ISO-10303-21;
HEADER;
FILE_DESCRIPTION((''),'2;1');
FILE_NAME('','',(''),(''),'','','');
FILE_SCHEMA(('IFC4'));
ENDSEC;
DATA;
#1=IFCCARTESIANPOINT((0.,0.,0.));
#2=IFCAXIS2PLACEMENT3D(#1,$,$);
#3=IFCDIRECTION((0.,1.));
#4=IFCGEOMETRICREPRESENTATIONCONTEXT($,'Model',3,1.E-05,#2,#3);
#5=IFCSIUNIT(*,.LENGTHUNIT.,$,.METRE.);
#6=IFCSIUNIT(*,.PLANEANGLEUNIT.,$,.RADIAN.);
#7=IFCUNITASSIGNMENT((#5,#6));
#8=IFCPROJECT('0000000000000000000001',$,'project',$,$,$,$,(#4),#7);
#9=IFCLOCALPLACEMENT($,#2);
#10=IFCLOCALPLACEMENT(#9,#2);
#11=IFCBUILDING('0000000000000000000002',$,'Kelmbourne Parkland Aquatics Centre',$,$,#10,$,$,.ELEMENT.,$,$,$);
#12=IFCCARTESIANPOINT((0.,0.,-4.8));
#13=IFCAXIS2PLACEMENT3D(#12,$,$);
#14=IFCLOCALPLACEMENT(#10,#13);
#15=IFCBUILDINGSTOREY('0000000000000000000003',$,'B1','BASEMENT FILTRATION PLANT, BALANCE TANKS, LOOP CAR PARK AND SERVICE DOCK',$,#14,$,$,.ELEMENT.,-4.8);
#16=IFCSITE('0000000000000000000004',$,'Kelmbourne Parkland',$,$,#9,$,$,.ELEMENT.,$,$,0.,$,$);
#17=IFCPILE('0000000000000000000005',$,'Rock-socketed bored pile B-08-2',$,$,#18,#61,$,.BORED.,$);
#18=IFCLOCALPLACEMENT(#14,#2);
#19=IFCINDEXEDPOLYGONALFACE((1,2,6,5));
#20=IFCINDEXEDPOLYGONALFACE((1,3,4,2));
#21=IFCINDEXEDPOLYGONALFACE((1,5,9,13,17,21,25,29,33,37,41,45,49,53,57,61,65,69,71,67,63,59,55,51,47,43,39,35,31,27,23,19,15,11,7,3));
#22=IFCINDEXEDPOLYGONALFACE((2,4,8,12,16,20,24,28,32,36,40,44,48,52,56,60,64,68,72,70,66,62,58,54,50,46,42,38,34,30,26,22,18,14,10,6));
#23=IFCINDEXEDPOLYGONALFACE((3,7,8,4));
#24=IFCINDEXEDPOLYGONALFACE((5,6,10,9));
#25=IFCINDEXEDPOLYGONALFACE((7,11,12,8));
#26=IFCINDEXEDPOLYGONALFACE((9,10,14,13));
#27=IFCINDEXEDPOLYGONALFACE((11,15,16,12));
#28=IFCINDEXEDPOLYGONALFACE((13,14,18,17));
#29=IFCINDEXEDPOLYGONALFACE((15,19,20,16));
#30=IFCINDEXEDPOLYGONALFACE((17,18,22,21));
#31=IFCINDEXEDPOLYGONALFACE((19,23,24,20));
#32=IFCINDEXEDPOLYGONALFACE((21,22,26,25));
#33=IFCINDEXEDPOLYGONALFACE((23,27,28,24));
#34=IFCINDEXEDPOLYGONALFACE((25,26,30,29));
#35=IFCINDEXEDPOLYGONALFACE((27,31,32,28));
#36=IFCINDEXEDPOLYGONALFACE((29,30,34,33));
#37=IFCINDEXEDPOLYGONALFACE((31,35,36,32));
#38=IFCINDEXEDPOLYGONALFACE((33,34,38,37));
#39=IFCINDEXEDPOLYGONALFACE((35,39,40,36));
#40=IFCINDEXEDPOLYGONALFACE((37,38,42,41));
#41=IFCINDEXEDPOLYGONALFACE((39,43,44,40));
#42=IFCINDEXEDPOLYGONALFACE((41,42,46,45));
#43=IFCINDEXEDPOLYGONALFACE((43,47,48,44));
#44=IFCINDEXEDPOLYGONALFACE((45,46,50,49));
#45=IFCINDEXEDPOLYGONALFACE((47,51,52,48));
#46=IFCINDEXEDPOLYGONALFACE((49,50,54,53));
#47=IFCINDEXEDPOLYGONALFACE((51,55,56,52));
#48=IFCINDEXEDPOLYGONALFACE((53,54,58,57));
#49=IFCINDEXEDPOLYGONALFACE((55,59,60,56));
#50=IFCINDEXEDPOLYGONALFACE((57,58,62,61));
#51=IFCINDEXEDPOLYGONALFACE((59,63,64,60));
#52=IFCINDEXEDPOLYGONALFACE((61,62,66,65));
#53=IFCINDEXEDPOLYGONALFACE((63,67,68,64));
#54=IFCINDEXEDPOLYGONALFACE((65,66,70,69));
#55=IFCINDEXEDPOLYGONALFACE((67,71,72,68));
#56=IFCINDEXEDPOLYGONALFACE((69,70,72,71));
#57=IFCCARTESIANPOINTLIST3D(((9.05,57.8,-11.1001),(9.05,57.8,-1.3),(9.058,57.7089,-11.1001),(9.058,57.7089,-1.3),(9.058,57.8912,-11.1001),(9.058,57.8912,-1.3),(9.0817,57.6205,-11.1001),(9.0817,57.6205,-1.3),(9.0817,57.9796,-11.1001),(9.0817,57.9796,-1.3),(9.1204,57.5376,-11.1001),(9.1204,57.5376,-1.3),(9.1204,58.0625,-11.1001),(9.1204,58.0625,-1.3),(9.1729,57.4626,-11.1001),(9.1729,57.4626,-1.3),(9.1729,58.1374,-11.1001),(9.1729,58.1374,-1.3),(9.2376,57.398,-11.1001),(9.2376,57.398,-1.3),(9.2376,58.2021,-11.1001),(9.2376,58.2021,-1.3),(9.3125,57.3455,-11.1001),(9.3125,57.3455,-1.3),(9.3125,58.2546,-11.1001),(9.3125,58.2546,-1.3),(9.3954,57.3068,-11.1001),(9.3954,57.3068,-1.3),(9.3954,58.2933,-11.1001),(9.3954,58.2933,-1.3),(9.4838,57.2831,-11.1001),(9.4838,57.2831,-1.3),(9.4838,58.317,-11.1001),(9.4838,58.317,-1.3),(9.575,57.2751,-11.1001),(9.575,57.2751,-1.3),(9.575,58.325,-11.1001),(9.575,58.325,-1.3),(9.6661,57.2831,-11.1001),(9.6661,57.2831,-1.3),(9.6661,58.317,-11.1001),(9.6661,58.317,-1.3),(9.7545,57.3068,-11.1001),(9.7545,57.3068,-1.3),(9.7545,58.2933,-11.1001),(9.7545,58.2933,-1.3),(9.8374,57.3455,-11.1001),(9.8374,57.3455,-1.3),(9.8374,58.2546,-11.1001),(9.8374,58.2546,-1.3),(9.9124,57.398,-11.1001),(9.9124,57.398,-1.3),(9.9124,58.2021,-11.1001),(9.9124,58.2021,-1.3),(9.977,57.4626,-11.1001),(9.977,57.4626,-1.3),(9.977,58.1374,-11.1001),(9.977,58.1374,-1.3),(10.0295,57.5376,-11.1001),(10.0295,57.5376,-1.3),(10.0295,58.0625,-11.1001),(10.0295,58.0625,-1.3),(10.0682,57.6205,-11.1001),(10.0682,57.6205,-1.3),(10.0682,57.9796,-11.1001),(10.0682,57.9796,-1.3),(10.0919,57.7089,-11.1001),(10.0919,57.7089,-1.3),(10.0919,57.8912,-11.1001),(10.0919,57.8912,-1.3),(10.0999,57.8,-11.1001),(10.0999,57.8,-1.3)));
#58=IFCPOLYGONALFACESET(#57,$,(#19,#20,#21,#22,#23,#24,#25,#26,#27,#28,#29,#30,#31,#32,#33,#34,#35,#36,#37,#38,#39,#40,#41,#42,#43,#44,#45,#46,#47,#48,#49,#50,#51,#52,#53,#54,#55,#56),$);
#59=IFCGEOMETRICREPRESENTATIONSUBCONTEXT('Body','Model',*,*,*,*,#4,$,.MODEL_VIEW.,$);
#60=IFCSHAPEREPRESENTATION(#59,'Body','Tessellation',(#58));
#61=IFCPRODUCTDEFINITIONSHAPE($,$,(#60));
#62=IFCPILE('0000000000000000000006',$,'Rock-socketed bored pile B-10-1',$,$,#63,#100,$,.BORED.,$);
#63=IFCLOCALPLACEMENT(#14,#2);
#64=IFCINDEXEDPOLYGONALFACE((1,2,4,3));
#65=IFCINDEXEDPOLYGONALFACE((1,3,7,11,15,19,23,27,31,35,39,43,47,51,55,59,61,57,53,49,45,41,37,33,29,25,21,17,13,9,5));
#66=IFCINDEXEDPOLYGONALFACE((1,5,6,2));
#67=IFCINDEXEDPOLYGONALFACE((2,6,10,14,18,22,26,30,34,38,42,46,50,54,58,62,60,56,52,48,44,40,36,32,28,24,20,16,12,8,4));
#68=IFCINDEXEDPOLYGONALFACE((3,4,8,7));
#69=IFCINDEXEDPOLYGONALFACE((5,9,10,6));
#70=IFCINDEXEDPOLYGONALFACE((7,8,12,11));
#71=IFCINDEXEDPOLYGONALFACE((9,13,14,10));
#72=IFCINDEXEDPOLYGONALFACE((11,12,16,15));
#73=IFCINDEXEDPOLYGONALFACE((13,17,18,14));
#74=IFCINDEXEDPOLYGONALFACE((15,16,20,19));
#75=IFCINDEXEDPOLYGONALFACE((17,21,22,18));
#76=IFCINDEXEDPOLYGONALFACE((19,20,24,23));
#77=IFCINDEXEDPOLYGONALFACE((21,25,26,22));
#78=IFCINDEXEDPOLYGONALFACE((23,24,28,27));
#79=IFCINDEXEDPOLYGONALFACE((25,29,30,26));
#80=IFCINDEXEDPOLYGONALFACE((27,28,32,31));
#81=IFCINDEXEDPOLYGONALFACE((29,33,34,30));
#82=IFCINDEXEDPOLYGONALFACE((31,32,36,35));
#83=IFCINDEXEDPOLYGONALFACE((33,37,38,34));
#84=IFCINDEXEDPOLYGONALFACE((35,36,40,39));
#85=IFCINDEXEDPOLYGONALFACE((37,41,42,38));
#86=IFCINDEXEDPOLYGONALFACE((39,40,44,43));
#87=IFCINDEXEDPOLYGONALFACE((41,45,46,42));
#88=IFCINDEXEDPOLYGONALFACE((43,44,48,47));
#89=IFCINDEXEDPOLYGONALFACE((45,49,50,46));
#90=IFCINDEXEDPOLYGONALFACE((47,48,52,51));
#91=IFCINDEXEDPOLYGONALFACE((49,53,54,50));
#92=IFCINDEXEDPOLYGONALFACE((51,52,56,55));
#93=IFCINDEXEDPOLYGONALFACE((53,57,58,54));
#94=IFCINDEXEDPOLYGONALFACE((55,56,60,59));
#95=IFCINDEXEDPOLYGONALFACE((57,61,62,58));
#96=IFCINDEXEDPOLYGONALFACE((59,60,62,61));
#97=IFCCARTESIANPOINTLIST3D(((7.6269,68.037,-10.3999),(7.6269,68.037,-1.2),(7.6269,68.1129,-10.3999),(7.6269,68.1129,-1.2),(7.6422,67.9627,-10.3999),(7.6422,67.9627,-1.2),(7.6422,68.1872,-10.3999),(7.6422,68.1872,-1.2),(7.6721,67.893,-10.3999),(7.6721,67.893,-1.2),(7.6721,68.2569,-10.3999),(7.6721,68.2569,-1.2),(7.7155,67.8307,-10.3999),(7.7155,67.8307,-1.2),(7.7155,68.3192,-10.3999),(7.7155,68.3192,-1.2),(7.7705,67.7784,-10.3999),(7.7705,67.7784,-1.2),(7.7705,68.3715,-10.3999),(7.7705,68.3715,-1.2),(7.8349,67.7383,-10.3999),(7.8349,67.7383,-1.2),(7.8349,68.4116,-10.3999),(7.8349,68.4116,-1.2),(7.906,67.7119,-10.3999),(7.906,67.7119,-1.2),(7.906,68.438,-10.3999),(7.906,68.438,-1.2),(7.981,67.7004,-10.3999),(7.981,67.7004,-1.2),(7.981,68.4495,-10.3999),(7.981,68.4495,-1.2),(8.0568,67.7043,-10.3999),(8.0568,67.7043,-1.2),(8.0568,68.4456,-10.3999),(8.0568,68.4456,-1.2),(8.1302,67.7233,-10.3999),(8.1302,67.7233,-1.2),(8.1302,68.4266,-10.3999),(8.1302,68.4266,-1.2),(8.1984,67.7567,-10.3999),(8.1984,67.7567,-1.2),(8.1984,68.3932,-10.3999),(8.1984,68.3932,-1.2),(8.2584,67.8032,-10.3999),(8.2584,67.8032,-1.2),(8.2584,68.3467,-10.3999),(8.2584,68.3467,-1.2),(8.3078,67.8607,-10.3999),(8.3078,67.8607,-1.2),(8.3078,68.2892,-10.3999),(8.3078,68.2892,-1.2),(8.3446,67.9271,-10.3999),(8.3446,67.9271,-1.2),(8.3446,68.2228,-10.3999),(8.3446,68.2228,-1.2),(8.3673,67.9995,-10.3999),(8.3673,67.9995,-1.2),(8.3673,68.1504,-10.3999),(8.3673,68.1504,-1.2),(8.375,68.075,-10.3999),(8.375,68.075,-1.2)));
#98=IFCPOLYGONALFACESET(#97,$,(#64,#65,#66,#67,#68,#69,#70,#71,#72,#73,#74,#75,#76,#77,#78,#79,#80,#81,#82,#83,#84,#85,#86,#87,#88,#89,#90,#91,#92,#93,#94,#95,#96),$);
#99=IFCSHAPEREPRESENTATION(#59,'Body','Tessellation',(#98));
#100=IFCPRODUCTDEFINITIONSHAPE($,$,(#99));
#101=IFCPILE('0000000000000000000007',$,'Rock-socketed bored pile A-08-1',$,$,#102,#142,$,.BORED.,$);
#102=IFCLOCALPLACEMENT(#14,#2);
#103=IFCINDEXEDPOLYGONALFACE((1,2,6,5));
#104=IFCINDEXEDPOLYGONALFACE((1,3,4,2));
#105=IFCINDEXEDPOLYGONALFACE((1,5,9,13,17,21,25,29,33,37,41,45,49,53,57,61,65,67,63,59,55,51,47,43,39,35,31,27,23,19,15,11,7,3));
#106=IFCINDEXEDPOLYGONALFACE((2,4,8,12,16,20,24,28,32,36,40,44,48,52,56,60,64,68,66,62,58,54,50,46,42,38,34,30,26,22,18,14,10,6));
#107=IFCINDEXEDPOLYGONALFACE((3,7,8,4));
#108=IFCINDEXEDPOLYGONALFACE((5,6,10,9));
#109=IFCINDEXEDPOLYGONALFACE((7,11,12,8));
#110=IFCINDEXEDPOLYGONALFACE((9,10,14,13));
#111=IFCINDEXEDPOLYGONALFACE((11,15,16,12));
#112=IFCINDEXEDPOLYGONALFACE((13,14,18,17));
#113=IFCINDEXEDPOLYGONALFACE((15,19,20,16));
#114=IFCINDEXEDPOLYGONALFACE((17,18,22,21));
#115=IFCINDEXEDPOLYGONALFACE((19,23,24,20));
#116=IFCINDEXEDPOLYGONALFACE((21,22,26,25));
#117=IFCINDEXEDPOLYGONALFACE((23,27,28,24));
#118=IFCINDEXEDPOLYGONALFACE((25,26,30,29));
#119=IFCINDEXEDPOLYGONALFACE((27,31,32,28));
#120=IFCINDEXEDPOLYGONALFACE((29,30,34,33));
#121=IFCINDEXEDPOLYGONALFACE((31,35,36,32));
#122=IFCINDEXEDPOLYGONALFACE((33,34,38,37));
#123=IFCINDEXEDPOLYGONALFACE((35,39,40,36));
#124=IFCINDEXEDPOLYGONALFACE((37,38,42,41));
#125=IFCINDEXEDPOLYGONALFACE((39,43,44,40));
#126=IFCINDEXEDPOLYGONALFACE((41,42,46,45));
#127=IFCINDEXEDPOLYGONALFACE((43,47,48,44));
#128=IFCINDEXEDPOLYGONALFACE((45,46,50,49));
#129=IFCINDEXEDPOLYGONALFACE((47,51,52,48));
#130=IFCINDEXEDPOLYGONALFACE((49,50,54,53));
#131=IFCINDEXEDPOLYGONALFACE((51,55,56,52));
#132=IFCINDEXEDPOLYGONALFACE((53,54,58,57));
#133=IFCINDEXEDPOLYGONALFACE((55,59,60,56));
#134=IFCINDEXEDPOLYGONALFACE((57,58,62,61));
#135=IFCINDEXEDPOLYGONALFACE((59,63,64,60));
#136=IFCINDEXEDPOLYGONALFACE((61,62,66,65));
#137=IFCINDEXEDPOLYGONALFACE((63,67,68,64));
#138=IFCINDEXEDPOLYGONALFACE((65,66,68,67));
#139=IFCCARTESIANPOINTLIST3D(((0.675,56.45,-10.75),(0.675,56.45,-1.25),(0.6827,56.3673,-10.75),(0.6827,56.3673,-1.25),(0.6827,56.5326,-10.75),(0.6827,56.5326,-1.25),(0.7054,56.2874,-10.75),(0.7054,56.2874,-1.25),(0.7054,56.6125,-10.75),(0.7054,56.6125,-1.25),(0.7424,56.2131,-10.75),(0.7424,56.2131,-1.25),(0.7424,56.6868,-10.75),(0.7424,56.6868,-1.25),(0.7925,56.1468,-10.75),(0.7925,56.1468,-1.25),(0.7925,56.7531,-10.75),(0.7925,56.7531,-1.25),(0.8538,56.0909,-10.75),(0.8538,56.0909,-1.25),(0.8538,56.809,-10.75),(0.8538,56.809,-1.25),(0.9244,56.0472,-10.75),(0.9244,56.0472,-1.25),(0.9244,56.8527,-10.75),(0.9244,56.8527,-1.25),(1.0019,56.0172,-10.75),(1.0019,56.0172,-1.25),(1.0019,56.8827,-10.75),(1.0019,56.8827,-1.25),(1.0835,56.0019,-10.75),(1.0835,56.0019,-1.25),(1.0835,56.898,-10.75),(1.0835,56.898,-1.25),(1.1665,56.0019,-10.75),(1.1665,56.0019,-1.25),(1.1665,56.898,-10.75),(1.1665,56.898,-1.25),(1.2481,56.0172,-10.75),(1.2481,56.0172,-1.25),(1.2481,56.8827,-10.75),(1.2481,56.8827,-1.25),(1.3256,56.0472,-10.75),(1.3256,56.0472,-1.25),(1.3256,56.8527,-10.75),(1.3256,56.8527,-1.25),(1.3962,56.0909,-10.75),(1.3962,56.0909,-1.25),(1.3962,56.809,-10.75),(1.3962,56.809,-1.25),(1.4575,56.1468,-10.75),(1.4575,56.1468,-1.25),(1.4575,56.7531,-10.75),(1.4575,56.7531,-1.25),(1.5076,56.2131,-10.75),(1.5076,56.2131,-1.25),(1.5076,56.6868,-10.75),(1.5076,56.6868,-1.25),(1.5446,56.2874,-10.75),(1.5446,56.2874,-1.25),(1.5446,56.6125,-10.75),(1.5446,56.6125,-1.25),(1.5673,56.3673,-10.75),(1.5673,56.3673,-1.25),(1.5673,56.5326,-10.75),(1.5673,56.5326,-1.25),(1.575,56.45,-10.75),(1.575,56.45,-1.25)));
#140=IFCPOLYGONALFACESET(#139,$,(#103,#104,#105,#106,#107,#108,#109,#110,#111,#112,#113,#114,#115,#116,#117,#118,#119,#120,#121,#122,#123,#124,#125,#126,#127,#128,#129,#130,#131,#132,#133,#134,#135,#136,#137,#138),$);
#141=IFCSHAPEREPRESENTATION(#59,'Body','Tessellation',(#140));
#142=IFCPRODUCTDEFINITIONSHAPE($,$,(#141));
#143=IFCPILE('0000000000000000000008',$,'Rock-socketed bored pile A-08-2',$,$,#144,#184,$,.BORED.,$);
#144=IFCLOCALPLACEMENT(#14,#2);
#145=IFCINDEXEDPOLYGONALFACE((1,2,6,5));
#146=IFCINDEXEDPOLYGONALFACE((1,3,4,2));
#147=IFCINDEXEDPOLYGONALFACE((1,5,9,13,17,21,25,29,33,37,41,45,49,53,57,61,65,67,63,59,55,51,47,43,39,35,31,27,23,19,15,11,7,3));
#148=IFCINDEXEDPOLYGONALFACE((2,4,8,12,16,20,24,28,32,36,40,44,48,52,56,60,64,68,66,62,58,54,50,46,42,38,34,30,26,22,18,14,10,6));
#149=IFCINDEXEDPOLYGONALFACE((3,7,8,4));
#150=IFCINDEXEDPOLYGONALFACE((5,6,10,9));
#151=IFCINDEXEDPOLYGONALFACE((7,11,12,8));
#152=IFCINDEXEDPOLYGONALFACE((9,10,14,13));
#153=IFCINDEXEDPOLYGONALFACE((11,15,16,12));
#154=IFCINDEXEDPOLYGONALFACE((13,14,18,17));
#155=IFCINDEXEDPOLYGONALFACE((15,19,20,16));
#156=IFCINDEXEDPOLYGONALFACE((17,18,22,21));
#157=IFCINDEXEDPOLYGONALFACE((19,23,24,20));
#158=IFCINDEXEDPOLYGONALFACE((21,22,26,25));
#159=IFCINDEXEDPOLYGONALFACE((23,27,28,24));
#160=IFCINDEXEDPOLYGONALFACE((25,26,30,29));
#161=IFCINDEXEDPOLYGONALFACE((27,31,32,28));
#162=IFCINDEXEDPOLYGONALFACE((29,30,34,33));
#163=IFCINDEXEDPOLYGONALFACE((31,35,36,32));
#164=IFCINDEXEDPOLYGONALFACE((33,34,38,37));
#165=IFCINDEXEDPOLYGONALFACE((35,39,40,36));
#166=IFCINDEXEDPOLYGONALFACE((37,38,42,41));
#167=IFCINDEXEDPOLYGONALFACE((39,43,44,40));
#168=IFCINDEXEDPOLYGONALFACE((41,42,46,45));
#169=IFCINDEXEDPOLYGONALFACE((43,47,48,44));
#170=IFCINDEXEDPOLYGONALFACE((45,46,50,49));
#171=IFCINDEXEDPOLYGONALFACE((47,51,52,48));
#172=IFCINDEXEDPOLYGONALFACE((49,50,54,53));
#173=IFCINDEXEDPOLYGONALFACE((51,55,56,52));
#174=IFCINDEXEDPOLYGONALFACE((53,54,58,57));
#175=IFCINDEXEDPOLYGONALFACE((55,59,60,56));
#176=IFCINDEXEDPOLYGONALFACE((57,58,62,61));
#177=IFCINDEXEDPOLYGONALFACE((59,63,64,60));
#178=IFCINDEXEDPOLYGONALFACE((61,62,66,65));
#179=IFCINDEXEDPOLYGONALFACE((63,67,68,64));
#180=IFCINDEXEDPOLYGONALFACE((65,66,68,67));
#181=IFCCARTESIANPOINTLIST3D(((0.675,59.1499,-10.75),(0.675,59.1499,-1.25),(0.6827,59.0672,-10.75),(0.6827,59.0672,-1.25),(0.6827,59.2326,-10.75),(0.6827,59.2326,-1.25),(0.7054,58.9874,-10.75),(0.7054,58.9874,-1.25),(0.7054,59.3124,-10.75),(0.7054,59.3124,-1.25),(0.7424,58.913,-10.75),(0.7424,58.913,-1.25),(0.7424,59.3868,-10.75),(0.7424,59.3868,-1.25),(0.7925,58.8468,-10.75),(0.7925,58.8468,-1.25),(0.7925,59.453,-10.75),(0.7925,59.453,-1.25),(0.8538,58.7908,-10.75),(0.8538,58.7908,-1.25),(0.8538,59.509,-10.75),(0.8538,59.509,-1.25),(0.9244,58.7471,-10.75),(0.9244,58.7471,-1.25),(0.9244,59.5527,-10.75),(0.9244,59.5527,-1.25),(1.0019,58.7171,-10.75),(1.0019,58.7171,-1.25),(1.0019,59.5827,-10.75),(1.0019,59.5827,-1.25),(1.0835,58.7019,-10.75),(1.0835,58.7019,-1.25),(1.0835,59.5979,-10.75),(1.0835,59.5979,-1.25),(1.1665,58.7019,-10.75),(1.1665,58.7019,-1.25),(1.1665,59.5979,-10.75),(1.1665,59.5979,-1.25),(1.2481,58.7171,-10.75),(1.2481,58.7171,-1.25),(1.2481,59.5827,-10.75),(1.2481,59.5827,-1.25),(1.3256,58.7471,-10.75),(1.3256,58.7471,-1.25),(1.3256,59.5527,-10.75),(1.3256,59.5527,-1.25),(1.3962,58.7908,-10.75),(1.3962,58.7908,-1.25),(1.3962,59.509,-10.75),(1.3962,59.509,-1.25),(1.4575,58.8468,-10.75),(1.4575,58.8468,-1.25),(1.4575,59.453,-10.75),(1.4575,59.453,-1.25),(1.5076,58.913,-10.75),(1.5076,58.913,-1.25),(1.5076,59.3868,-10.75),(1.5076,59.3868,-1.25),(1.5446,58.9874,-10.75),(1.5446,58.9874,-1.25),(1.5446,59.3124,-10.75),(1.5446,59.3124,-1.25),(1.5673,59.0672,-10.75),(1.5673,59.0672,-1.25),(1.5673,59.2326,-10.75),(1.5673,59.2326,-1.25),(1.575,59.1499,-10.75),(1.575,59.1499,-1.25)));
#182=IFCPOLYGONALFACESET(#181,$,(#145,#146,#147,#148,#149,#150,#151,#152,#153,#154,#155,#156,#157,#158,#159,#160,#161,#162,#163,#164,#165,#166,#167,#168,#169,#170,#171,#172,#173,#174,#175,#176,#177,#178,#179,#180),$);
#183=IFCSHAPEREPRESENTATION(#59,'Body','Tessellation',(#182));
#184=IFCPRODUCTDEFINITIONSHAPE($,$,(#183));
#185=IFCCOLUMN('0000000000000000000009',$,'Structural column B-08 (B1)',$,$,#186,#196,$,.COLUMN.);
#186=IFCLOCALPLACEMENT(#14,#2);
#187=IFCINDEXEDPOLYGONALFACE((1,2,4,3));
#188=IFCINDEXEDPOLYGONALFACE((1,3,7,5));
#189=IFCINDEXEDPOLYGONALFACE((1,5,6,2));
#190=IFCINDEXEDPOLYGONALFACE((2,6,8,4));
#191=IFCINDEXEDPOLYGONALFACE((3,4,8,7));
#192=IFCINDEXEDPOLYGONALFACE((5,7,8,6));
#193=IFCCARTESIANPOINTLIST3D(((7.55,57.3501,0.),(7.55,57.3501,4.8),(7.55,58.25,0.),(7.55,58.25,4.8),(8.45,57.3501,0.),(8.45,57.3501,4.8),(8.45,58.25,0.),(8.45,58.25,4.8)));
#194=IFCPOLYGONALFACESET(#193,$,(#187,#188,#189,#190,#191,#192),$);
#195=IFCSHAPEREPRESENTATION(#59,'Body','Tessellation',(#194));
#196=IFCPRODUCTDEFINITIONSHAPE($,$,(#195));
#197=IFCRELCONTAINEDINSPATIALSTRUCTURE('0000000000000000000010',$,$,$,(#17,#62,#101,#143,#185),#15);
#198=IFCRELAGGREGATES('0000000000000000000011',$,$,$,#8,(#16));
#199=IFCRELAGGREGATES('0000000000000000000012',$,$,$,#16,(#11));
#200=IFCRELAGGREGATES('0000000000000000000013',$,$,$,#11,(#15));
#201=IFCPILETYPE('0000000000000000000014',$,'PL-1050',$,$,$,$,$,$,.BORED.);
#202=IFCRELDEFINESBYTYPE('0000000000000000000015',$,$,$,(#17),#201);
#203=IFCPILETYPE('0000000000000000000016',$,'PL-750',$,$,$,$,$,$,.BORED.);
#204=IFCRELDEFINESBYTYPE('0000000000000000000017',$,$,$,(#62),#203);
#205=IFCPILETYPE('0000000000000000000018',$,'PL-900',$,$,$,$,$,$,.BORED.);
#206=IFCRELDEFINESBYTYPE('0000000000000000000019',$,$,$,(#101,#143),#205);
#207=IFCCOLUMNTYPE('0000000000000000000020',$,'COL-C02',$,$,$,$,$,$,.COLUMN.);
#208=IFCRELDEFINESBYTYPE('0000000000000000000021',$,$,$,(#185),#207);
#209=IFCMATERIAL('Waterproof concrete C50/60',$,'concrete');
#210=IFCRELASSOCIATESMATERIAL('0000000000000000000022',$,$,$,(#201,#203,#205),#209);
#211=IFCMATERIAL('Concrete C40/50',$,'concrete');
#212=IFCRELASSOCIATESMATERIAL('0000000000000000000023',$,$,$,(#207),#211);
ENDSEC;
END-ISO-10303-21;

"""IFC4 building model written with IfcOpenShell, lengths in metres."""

from ifc_helpers import new_model, si_unit, direction, frame, origin, origin_2d, place, context, subcontext, project, spatial, rectangle, circle, extrude, material, material_profile, profile_set, type_object, element, save


model = new_model("IFC4")

# Units and contexts
model_context = context("Model", 3, precision=1e-05, world=origin(), true_north=direction((0.0, 1.0)))
body_context = subcontext(model_context, "Body", "Model", "MODEL_VIEW")
ifc_project = project(units=[si_unit("LENGTHUNIT", "METRE"), si_unit("PLANEANGLEUNIT", "RADIAN")], contexts=[model_context])

# Site, building, storey
site_placement = place(None, origin())
site = spatial("IfcSite", under=ifc_project, at=site_placement, Name="Kelmbourne Parkland", CompositionType="ELEMENT", RefElevation=0.0)
building_placement = place(site_placement, origin())
building = spatial("IfcBuilding", under=site, at=building_placement, Name="Kelmbourne Parkland Aquatics Centre", CompositionType="ELEMENT")
storey_placement = place(building_placement, frame((0.0, 0.0, -4.8)))
storey = spatial("IfcBuildingStorey", under=building, at=storey_placement, Name="B1", Description="BASEMENT FILTRATION PLANT, BALANCE TANKS, LOOP CAR PARK AND SERVICE DOCK", CompositionType="ELEMENT", Elevation=-4.8)

# Shared definitions
ifc_material_1 = material(Name="Waterproof concrete C50/60", Category="concrete")

# Piles
ifc_material_profile_1 = material_profile(ifc_material_1, circle(Radius=0.5249, at=origin_2d()), Name="PILE D1050")
ifc_profile_set_1 = profile_set([ifc_material_profile_1], Name="Waterproof concrete C50/60")
pile_type_1 = type_object("IfcPileType", Name="PL-1050", PredefinedType="BORED", material=ifc_profile_set_1)
for number, where, z_axis, x_axis, name in (
    (1, (9.575, 57.8, -1.3), (0.0, 0.0, -1.0), (1.0, 0.0, 0.0), "Rock-socketed bored pile B-08-2"),
):
    element("IfcPile", number, at=place(storey_placement, frame(where, z_axis=z_axis, x_axis=x_axis)), inside=storey, type_object=pile_type_1, Name=name, PredefinedType="BORED", context=body_context, shape_type="SweptSolid", body=[
        extrude(circle(Radius=0.5249, at=origin_2d()), origin(), (0.0, 0.0, 1.0), 9.8),
    ])
ifc_material_profile_2 = material_profile(ifc_material_1, circle(Radius=0.375, at=origin_2d()), Name="PILE D750")
ifc_profile_set_2 = profile_set([ifc_material_profile_2], Name="Waterproof concrete C50/60")
pile_type_2 = type_object("IfcPileType", Name="PL-750", PredefinedType="BORED", material=ifc_profile_set_2)
pile_placement = place(storey_placement, frame((8.0, 68.075, -1.2), z_axis=(0.0, 0.0, -1.0), x_axis=(1.0, 0.0, 0.0)))
element("IfcPile", 2, at=pile_placement, inside=storey, type_object=pile_type_2, Name="Rock-socketed bored pile B-10-1", PredefinedType="BORED", context=body_context, shape_type="SweptSolid", body=[
    extrude(circle(Radius=0.375, at=origin_2d()), origin(), (0.0, 0.0, 1.0), 9.2),
])
ifc_material_profile_3 = material_profile(ifc_material_1, circle(Radius=0.45, at=origin_2d()), Name="PILE D900")
ifc_profile_set_3 = profile_set([ifc_material_profile_3], Name="Waterproof concrete C50/60")
pile_type_3 = type_object("IfcPileType", Name="PL-900", PredefinedType="BORED", material=ifc_profile_set_3)
for number, where, z_axis, x_axis, name in (
    (3, (1.125, 56.45, -1.25), (0.0, 0.0, -1.0), (1.0, 0.0, 0.0), "Rock-socketed bored pile A-08-1"),
    (4, (1.125, 59.1499, -1.25), (0.0, 0.0, -1.0), (1.0, 0.0, 0.0), "Rock-socketed bored pile A-08-2"),
):
    element("IfcPile", number, at=place(storey_placement, frame(where, z_axis=z_axis, x_axis=x_axis)), inside=storey, type_object=pile_type_3, Name=name, PredefinedType="BORED", context=body_context, shape_type="SweptSolid", body=[
        extrude(circle(Radius=0.45, at=origin_2d()), origin(), (0.0, 0.0, 1.0), 9.5),
    ])

# Column
ifc_material_2 = material(Name="Concrete C40/50", Category="concrete")
ifc_material_profile_4 = material_profile(ifc_material_2, rectangle(XDim=0.8999, YDim=0.8999, at=origin_2d()), Name="RC 900x900")
ifc_profile_set_4 = profile_set([ifc_material_profile_4], Name="Concrete C40/50")
column_type_1 = type_object("IfcColumnType", Name="COL-C02", PredefinedType="COLUMN", material=ifc_profile_set_4)
column_1_placement = place(storey_placement, frame((8.0, 57.8, 0.0), z_axis=(0.0, 0.0, 1.0), x_axis=(1.0, 0.0, 0.0)))
element("IfcColumn", 5, at=column_1_placement, inside=storey, type_object=column_type_1, Name="Structural column B-08 (B1)", PredefinedType="COLUMN", context=body_context, shape_type="SweptSolid", body=[
    extrude(rectangle(XDim=0.8999, YDim=0.8999, at=origin_2d()), origin(), (0.0, 0.0, 1.0), 4.8),
])

save(model, "model.ifc")
